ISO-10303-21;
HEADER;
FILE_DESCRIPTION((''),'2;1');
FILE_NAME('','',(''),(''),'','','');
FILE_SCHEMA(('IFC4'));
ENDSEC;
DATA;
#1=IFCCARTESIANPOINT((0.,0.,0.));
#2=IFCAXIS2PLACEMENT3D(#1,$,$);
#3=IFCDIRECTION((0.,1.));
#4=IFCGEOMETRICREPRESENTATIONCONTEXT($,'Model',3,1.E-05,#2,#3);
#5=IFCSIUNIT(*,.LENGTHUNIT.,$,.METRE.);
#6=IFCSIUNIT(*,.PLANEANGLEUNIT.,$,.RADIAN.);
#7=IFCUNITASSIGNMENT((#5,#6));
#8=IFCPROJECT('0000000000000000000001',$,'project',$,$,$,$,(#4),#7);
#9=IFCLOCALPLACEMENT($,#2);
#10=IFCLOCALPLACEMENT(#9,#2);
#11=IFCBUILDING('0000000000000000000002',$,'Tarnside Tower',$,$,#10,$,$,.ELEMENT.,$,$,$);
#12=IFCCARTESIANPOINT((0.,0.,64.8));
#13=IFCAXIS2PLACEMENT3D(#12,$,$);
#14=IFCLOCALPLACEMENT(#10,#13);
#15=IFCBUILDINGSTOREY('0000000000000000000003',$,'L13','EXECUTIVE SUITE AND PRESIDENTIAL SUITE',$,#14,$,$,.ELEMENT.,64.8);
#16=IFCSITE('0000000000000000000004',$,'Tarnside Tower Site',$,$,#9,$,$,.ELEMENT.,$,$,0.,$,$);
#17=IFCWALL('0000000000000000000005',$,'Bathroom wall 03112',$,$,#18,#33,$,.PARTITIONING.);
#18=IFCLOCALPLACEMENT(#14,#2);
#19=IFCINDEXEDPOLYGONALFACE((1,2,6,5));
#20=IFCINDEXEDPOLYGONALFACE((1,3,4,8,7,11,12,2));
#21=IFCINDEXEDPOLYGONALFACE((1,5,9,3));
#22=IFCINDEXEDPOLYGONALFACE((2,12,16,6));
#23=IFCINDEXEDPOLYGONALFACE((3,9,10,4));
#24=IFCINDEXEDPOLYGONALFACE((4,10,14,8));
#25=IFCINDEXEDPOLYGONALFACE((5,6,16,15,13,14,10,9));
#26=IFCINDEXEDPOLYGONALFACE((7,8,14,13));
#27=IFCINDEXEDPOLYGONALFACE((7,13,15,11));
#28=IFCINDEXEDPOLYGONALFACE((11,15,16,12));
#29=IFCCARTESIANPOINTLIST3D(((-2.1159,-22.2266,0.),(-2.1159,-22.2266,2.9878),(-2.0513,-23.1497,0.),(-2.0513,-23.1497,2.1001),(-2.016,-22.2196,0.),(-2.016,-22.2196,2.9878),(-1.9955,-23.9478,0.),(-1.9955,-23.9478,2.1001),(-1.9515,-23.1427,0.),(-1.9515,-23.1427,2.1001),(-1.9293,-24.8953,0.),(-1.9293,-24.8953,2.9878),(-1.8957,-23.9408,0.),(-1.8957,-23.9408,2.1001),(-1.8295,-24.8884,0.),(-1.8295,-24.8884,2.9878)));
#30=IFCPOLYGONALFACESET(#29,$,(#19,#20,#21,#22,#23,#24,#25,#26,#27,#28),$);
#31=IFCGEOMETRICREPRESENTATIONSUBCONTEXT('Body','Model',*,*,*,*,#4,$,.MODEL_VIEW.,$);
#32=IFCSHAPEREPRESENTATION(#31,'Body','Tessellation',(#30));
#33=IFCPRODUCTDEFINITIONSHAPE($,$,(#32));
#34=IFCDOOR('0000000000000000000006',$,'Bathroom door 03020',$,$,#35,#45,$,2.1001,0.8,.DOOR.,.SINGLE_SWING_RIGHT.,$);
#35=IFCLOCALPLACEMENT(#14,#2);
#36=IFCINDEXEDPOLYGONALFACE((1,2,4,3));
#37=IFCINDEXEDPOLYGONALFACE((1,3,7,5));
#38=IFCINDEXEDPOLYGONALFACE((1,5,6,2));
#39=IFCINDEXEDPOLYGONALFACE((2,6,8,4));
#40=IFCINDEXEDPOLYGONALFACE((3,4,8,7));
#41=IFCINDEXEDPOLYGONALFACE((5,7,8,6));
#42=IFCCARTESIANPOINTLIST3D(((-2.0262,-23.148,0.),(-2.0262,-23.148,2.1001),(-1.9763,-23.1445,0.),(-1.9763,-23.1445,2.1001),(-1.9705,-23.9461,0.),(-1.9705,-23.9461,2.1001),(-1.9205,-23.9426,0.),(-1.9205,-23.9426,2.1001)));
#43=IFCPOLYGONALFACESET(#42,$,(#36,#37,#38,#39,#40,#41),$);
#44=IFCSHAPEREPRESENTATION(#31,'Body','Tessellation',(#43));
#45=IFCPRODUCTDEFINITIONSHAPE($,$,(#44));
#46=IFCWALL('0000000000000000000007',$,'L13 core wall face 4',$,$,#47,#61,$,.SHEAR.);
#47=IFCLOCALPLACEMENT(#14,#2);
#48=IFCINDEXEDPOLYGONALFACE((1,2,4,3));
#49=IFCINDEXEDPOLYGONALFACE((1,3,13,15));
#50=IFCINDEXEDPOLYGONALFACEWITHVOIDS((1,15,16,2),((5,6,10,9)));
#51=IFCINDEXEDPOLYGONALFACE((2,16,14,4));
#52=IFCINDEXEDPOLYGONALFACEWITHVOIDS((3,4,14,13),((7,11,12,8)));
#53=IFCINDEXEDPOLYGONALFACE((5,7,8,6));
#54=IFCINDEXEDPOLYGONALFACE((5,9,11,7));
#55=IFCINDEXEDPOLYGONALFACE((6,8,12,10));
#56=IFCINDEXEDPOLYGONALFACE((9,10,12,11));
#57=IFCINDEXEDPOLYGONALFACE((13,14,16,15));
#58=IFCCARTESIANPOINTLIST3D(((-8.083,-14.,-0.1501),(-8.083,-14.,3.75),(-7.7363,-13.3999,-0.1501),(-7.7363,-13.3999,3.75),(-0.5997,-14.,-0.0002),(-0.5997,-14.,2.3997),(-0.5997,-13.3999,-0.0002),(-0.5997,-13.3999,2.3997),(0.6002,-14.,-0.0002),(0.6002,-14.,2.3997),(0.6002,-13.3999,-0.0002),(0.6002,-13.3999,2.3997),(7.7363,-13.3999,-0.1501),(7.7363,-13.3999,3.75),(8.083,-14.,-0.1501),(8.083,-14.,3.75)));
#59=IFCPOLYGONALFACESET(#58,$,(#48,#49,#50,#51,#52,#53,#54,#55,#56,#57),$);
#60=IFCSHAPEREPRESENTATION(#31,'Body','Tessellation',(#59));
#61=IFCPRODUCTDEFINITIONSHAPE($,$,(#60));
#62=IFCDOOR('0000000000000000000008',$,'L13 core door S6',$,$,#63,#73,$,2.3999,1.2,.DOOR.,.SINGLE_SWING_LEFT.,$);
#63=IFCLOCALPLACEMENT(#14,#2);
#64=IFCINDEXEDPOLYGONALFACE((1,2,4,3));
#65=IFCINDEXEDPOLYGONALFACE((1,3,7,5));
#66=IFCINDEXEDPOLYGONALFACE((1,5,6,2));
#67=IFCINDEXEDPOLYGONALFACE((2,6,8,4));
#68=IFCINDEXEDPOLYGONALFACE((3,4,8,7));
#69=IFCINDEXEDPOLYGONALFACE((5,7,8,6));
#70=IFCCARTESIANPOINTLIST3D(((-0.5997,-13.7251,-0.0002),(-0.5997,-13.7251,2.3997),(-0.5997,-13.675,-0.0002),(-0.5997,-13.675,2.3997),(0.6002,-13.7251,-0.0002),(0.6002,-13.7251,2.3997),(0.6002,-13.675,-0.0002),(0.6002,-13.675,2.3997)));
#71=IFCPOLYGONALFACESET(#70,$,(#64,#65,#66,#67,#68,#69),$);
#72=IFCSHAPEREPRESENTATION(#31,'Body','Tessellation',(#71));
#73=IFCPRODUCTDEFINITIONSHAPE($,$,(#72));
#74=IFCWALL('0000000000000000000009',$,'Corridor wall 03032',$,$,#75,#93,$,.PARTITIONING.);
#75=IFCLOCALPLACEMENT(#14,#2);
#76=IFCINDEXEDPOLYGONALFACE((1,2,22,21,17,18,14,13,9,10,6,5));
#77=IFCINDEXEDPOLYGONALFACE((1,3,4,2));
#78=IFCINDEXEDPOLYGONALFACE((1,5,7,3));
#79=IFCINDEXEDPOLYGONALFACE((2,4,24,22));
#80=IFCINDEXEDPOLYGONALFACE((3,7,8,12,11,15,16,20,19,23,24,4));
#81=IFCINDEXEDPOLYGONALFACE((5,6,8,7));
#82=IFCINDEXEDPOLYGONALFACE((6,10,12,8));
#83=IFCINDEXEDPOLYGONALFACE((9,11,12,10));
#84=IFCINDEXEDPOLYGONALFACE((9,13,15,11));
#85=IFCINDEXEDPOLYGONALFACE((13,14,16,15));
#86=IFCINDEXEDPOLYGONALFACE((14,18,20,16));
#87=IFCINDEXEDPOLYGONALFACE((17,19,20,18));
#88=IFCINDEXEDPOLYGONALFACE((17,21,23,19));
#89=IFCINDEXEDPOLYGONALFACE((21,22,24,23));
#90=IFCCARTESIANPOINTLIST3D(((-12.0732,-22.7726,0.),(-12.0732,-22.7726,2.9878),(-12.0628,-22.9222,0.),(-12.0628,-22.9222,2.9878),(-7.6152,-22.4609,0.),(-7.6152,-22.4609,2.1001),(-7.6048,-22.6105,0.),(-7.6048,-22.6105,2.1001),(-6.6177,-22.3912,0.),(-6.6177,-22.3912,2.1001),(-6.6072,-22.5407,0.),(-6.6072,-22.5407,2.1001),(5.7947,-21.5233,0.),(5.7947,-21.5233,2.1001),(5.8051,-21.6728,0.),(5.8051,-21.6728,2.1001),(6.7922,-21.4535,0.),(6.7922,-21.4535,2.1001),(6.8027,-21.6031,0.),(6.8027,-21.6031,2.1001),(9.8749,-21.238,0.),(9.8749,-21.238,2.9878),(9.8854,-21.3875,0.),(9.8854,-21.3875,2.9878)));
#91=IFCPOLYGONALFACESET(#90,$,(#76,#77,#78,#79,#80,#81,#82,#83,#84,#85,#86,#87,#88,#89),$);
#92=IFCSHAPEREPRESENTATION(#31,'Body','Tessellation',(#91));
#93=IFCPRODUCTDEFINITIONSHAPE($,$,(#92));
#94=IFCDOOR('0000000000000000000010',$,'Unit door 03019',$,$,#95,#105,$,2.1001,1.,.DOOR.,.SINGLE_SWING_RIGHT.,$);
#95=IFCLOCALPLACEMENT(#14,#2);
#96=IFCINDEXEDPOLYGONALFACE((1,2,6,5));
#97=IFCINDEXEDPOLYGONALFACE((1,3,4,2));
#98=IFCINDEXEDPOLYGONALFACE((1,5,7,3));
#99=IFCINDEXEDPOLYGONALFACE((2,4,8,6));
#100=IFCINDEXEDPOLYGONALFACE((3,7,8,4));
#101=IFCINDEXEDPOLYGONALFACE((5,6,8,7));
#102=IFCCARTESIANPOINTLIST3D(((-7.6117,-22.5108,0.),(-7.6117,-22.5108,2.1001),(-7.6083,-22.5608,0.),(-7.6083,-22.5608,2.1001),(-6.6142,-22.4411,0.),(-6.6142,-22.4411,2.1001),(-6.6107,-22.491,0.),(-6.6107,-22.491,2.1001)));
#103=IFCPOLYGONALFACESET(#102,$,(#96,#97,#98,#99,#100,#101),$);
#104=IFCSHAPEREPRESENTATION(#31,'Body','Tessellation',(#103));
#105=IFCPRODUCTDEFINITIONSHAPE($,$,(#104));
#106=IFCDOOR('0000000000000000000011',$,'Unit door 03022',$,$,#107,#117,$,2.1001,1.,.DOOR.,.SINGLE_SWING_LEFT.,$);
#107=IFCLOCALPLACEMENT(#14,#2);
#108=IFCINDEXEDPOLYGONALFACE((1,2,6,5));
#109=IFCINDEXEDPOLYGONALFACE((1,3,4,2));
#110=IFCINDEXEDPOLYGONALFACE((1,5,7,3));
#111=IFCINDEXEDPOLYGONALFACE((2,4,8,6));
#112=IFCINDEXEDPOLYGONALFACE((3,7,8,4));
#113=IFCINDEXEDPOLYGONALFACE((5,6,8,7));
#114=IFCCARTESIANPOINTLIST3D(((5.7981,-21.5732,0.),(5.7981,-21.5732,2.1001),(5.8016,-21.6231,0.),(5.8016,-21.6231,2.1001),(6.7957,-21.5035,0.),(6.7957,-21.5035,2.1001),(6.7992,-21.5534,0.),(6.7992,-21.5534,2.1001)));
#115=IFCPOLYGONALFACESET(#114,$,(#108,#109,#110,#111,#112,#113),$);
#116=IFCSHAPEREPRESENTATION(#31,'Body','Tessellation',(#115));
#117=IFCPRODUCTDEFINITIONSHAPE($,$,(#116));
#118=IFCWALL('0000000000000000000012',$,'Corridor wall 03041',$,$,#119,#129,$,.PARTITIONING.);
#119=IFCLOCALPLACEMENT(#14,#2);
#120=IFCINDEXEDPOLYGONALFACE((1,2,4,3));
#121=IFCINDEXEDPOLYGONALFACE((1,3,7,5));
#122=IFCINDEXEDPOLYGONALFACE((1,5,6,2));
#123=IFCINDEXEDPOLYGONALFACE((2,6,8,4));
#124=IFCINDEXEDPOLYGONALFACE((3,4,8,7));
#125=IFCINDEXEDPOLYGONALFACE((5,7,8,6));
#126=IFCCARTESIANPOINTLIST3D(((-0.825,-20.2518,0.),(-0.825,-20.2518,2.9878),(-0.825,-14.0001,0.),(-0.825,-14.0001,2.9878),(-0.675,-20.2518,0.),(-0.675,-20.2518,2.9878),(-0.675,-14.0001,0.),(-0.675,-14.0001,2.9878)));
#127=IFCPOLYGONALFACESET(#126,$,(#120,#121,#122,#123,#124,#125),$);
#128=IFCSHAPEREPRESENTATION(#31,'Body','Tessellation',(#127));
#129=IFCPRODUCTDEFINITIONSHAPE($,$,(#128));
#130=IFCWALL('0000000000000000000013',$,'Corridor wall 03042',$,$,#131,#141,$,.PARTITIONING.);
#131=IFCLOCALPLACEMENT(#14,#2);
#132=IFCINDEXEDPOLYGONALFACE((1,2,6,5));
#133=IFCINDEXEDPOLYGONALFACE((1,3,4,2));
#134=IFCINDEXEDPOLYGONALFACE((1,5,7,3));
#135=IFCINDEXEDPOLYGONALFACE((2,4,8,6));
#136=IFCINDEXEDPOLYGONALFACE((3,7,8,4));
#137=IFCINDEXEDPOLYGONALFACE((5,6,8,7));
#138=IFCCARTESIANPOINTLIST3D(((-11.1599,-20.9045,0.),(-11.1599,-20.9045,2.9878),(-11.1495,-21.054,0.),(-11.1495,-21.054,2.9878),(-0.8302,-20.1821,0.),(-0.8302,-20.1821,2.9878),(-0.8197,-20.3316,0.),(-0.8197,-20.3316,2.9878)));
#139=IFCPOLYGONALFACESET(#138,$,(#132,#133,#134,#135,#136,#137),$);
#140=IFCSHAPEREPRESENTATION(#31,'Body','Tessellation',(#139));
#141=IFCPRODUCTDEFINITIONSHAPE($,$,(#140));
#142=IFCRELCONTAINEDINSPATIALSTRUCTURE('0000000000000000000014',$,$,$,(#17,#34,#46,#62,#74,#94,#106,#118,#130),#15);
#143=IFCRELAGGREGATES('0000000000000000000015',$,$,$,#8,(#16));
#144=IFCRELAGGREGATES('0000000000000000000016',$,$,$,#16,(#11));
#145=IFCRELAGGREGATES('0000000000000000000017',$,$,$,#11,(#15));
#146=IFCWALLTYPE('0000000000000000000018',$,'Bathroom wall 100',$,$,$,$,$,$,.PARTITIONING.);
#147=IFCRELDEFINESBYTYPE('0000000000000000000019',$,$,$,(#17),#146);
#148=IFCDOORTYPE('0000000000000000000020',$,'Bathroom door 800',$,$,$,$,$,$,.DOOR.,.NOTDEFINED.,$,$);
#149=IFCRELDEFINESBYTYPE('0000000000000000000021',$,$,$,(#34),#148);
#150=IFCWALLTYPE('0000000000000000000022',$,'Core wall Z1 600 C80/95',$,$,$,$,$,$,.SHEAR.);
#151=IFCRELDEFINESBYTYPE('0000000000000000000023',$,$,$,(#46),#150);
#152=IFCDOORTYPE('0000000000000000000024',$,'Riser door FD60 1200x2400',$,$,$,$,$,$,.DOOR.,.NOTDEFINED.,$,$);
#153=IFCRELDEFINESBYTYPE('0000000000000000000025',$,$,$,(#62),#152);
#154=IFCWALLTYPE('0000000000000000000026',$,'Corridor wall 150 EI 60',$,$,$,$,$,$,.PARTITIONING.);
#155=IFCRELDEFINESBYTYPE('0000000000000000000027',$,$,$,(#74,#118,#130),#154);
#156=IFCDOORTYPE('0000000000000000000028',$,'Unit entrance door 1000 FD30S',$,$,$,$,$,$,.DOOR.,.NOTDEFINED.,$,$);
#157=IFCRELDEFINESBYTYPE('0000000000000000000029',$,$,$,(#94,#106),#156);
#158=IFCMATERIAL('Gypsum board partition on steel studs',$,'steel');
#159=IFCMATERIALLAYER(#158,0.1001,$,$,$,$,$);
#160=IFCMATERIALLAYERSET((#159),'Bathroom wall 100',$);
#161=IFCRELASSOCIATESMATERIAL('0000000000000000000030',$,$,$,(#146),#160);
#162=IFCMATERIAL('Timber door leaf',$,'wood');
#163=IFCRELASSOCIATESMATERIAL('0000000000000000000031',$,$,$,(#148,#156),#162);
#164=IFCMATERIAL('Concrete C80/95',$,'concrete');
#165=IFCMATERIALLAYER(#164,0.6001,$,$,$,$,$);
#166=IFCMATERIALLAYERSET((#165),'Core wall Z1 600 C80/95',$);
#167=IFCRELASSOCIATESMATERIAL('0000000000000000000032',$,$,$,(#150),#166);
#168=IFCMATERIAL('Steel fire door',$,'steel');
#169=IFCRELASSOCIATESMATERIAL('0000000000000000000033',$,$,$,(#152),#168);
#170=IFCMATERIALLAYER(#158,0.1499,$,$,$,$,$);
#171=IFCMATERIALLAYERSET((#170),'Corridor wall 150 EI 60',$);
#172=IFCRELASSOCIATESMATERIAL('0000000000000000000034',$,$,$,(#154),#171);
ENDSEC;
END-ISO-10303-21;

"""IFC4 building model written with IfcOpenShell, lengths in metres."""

from ifc_helpers import new_model, si_unit, direction, frame, frame_2d, origin, place, context, subcontext, project, spatial, polyline, rectangle, outline, extrude, material, layer, layer_set, type_object, element, fill, save


model = new_model("IFC4")

# Units and contexts
model_context = context("Model", 3, precision=1e-05, world=origin(), true_north=direction((0.0, 1.0)))
body_context = subcontext(model_context, "Body", "Model", "MODEL_VIEW")
ifc_project = project(units=[si_unit("LENGTHUNIT", "METRE"), si_unit("PLANEANGLEUNIT", "RADIAN")], contexts=[model_context])

# Site, building, storey
site_placement = place(None, origin())
site = spatial("IfcSite", under=ifc_project, at=site_placement, Name="Tarnside Tower Site", CompositionType="ELEMENT", RefElevation=0.0)
building_placement = place(site_placement, origin())
building = spatial("IfcBuilding", under=site, at=building_placement, Name="Tarnside Tower", CompositionType="ELEMENT")
storey_placement = place(building_placement, frame((0.0, 0.0, 64.8)))
storey = spatial("IfcBuildingStorey", under=building, at=storey_placement, Name="L13", Description="EXECUTIVE SUITE AND PRESIDENTIAL SUITE", CompositionType="ELEMENT", Elevation=64.8)

# Walls, openings, doors
ifc_material_1 = material(Name="Gypsum board partition on steel studs", Category="steel")
ifc_layer_1 = layer(ifc_material_1, 0.1001)
ifc_layer_set_1 = layer_set([ifc_layer_1], Name="Bathroom wall 100")
wall_type_1 = type_object("IfcWallType", Name="Bathroom wall 100", PredefinedType="PARTITIONING", material=ifc_layer_set_1)
wall_1_placement = place(storey_placement, frame((-1.8794, -24.8918, 0.0), z_axis=(0.0, 0.0, 1.0), x_axis=(-0.069723, 0.997566, 0.0)))
wall_1 = element("IfcWall", 1, at=wall_1_placement, inside=storey, type_object=wall_type_1, Name="Bathroom wall 03112", PredefinedType="PARTITIONING", context=body_context, shape_type="SweptSolid", body=[
    extrude(rectangle(XDim=2.6753, YDim=0.1001, at=frame_2d((1.3376, 0.0))), origin(), (0.0, 0.0, 1.0), 2.9878),
])
opening_1_placement = place(wall_1_placement, frame((0.95, 0.0, 0.0)))
opening_1 = element("IfcOpeningElement", 2, at=opening_1_placement, cuts=wall_1, PredefinedType="OPENING", context=body_context, shape_type="SweptSolid", body=[
    extrude(rectangle(XDim=0.8, YDim=2.1001, at=frame_2d((0.3999, 1.05))), frame((0.0, 0.0601, 0.0), z_axis=(0.0, -1.0, 0.0), x_axis=(1.0, 0.0, 0.0)), (0.0, 0.0, 1.0), 0.1201),
])
ifc_material_2 = material(Name="Timber door leaf", Category="wood")
door_type_1 = type_object("IfcDoorType", Name="Bathroom door 800", OperationType="NOTDEFINED", PredefinedType="DOOR", material=ifc_material_2)
door_1_placement = place(opening_1_placement, origin())
door_1 = element("IfcDoor", 3, at=door_1_placement, inside=storey, type_object=door_type_1, Name="Bathroom door 03020", OperationType="SINGLE_SWING_RIGHT", OverallHeight=2.1001, OverallWidth=0.8, PredefinedType="DOOR", context=body_context, shape_type="SweptSolid", body=[
    extrude(rectangle(XDim=0.8, YDim=2.1001, at=frame_2d((0.3999, 1.05))), frame((0.0, 0.0249, 0.0), z_axis=(0.0, -1.0, 0.0), x_axis=(1.0, 0.0, 0.0)), (0.0, 0.0, 1.0), 0.05),
])
fill(opening_1, door_1)
ifc_material_3 = material(Name="Concrete C80/95", Category="concrete")
ifc_layer_2 = layer(ifc_material_3, 0.6001)
ifc_layer_set_2 = layer_set([ifc_layer_2], Name="Core wall Z1 600 C80/95")
wall_type_2 = type_object("IfcWallType", Name="Core wall Z1 600 C80/95", PredefinedType="SHEAR", material=ifc_layer_set_2)
wall_2_placement = place(storey_placement, frame((-7.9097, -13.7, -0.1501), z_axis=(0.0, 0.0, 1.0), x_axis=(1.0, 0.0, 0.0)))
wall_2 = element("IfcWall", 4, at=wall_2_placement, inside=storey, type_object=wall_type_2, Name="L13 core wall face 4", PredefinedType="SHEAR", context=body_context, shape_type="SweptSolid", body=[
    extrude(outline(polyline([(-0.1733, -0.3), (15.9927, -0.3), (15.646, 0.3), (0.1733, 0.3), (-0.1733, -0.3)])), origin(), (0.0, 0.0, 1.0), 3.9001),
])
opening_2_placement = place(wall_2_placement, frame((7.3098, 0.0, 0.1499)))
opening_2 = element("IfcOpeningElement", 5, at=opening_2_placement, cuts=wall_2, PredefinedType="OPENING", context=body_context, shape_type="SweptSolid", body=[
    extrude(rectangle(XDim=1.2, YDim=2.3999, at=frame_2d((0.6001, 1.2))), frame((0.0, 0.3101, 0.0), z_axis=(0.0, -1.0, 0.0), x_axis=(1.0, 0.0, 0.0)), (0.0, 0.0, 1.0), 0.6201),
])
ifc_material_4 = material(Name="Steel fire door", Category="steel")
door_type_2 = type_object("IfcDoorType", Name="Riser door FD60 1200x2400", OperationType="NOTDEFINED", PredefinedType="DOOR", material=ifc_material_4)
door_2_placement = place(opening_2_placement, origin())
door_2 = element("IfcDoor", 6, at=door_2_placement, inside=storey, type_object=door_type_2, Name="L13 core door S6", OperationType="SINGLE_SWING_LEFT", OverallHeight=2.3999, OverallWidth=1.2, PredefinedType="DOOR", context=body_context, shape_type="SweptSolid", body=[
    extrude(rectangle(XDim=1.2, YDim=2.3999, at=frame_2d((0.6001, 1.2))), frame((0.0, 0.0249, 0.0), z_axis=(0.0, -1.0, 0.0), x_axis=(1.0, 0.0, 0.0)), (0.0, 0.0, 1.0), 0.05),
])
fill(opening_2, door_2)

# Wall, openings, doors
ifc_layer_3 = layer(ifc_material_1, 0.1499)
ifc_layer_set_3 = layer_set([ifc_layer_3], Name="Corridor wall 150 EI 60")
wall_type_3 = type_object("IfcWallType", Name="Corridor wall 150 EI 60", PredefinedType="PARTITIONING", material=ifc_layer_set_3)
wall_3_placement = place(storey_placement, frame((-12.0681, -22.8474, 0.0), z_axis=(0.0, 0.0, 1.0), x_axis=(0.997564, 0.069752, 0.0)))
wall_3 = element("IfcWall", 7, at=wall_3_placement, inside=storey, type_object=wall_type_3, Name="Corridor wall 03032", PredefinedType="PARTITIONING", context=body_context, shape_type="SweptSolid", body=[
    extrude(rectangle(XDim=22.0017, YDim=0.1499, at=frame_2d((11.001, 0.0))), origin(), (0.0, 0.0, 1.0), 2.9878),
])
opening_3_placement = place(wall_3_placement, frame((4.469, 0.0, 0.0)))
opening_3 = element("IfcOpeningElement", 8, at=opening_3_placement, cuts=wall_3, PredefinedType="OPENING", context=body_context, shape_type="SweptSolid", body=[
    extrude(rectangle(XDim=1.0, YDim=2.1001, at=frame_2d((0.5, 1.05))), frame((0.0, 0.085, 0.0), z_axis=(0.0, -1.0, 0.0), x_axis=(1.0, 0.0, 0.0)), (0.0, 0.0, 1.0), 0.1699),
])
opening_4_placement = place(wall_3_placement, frame((17.9116, 0.0, 0.0)))
opening_4 = element("IfcOpeningElement", 9, at=opening_4_placement, cuts=wall_3, PredefinedType="OPENING", context=body_context, shape_type="SweptSolid", body=[
    extrude(rectangle(XDim=1.0, YDim=2.1001, at=frame_2d((0.5, 1.05))), frame((0.0, 0.085, 0.0), z_axis=(0.0, -1.0, 0.0), x_axis=(1.0, 0.0, 0.0)), (0.0, 0.0, 1.0), 0.1699),
])
door_type_3 = type_object("IfcDoorType", Name="Unit entrance door 1000 FD30S", OperationType="NOTDEFINED", PredefinedType="DOOR", material=ifc_material_2)
door_3_placement = place(opening_3_placement, origin())
door_3 = element("IfcDoor", 10, at=door_3_placement, inside=storey, type_object=door_type_3, Name="Unit door 03019", OperationType="SINGLE_SWING_RIGHT", OverallHeight=2.1001, OverallWidth=1.0, PredefinedType="DOOR", context=body_context, shape_type="SweptSolid", body=[
    extrude(rectangle(XDim=1.0, YDim=2.1001, at=frame_2d((0.5, 1.05))), frame((0.0, 0.0249, 0.0), z_axis=(0.0, -1.0, 0.0), x_axis=(1.0, 0.0, 0.0)), (0.0, 0.0, 1.0), 0.05),
])
fill(opening_3, door_3)
door_4_placement = place(opening_4_placement, origin())
door_4 = element("IfcDoor", 11, at=door_4_placement, inside=storey, type_object=door_type_3, Name="Unit door 03022", OperationType="SINGLE_SWING_LEFT", OverallHeight=2.1001, OverallWidth=1.0, PredefinedType="DOOR", context=body_context, shape_type="SweptSolid", body=[
    extrude(rectangle(XDim=1.0, YDim=2.1001, at=frame_2d((0.5, 1.05))), frame((0.0, 0.0249, 0.0), z_axis=(0.0, -1.0, 0.0), x_axis=(1.0, 0.0, 0.0)), (0.0, 0.0, 1.0), 0.05),
])
fill(opening_4, door_4)

# Walls
wall_4_placement = place(storey_placement, frame((-0.75, -14.0, 0.0), z_axis=(0.0, 0.0, 1.0), x_axis=(0.0, -1.0, 0.0)))
element("IfcWall", 12, at=wall_4_placement, inside=storey, type_object=wall_type_3, Name="Corridor wall 03041", PredefinedType="PARTITIONING", context=body_context, shape_type="SweptSolid", body=[
    extrude(rectangle(XDim=6.2517, YDim=0.1499, at=frame_2d((3.126, 0.0))), origin(), (0.0, 0.0, 1.0), 2.9878),
])
wall_5_placement = place(storey_placement, frame((-0.825, -20.2568, 0.0), z_axis=(0.0, 0.0, 1.0), x_axis=(-0.997564, -0.069764, 0.0)))
element("IfcWall", 13, at=wall_5_placement, inside=storey, type_object=wall_type_3, Name="Corridor wall 03042", PredefinedType="PARTITIONING", context=body_context, shape_type="SweptSolid", body=[
    extrude(rectangle(XDim=10.355, YDim=0.1499, at=frame_2d((5.1775, 0.0))), origin(), (0.0, 0.0, 1.0), 2.9878),
])

save(model, "model.ifc")
